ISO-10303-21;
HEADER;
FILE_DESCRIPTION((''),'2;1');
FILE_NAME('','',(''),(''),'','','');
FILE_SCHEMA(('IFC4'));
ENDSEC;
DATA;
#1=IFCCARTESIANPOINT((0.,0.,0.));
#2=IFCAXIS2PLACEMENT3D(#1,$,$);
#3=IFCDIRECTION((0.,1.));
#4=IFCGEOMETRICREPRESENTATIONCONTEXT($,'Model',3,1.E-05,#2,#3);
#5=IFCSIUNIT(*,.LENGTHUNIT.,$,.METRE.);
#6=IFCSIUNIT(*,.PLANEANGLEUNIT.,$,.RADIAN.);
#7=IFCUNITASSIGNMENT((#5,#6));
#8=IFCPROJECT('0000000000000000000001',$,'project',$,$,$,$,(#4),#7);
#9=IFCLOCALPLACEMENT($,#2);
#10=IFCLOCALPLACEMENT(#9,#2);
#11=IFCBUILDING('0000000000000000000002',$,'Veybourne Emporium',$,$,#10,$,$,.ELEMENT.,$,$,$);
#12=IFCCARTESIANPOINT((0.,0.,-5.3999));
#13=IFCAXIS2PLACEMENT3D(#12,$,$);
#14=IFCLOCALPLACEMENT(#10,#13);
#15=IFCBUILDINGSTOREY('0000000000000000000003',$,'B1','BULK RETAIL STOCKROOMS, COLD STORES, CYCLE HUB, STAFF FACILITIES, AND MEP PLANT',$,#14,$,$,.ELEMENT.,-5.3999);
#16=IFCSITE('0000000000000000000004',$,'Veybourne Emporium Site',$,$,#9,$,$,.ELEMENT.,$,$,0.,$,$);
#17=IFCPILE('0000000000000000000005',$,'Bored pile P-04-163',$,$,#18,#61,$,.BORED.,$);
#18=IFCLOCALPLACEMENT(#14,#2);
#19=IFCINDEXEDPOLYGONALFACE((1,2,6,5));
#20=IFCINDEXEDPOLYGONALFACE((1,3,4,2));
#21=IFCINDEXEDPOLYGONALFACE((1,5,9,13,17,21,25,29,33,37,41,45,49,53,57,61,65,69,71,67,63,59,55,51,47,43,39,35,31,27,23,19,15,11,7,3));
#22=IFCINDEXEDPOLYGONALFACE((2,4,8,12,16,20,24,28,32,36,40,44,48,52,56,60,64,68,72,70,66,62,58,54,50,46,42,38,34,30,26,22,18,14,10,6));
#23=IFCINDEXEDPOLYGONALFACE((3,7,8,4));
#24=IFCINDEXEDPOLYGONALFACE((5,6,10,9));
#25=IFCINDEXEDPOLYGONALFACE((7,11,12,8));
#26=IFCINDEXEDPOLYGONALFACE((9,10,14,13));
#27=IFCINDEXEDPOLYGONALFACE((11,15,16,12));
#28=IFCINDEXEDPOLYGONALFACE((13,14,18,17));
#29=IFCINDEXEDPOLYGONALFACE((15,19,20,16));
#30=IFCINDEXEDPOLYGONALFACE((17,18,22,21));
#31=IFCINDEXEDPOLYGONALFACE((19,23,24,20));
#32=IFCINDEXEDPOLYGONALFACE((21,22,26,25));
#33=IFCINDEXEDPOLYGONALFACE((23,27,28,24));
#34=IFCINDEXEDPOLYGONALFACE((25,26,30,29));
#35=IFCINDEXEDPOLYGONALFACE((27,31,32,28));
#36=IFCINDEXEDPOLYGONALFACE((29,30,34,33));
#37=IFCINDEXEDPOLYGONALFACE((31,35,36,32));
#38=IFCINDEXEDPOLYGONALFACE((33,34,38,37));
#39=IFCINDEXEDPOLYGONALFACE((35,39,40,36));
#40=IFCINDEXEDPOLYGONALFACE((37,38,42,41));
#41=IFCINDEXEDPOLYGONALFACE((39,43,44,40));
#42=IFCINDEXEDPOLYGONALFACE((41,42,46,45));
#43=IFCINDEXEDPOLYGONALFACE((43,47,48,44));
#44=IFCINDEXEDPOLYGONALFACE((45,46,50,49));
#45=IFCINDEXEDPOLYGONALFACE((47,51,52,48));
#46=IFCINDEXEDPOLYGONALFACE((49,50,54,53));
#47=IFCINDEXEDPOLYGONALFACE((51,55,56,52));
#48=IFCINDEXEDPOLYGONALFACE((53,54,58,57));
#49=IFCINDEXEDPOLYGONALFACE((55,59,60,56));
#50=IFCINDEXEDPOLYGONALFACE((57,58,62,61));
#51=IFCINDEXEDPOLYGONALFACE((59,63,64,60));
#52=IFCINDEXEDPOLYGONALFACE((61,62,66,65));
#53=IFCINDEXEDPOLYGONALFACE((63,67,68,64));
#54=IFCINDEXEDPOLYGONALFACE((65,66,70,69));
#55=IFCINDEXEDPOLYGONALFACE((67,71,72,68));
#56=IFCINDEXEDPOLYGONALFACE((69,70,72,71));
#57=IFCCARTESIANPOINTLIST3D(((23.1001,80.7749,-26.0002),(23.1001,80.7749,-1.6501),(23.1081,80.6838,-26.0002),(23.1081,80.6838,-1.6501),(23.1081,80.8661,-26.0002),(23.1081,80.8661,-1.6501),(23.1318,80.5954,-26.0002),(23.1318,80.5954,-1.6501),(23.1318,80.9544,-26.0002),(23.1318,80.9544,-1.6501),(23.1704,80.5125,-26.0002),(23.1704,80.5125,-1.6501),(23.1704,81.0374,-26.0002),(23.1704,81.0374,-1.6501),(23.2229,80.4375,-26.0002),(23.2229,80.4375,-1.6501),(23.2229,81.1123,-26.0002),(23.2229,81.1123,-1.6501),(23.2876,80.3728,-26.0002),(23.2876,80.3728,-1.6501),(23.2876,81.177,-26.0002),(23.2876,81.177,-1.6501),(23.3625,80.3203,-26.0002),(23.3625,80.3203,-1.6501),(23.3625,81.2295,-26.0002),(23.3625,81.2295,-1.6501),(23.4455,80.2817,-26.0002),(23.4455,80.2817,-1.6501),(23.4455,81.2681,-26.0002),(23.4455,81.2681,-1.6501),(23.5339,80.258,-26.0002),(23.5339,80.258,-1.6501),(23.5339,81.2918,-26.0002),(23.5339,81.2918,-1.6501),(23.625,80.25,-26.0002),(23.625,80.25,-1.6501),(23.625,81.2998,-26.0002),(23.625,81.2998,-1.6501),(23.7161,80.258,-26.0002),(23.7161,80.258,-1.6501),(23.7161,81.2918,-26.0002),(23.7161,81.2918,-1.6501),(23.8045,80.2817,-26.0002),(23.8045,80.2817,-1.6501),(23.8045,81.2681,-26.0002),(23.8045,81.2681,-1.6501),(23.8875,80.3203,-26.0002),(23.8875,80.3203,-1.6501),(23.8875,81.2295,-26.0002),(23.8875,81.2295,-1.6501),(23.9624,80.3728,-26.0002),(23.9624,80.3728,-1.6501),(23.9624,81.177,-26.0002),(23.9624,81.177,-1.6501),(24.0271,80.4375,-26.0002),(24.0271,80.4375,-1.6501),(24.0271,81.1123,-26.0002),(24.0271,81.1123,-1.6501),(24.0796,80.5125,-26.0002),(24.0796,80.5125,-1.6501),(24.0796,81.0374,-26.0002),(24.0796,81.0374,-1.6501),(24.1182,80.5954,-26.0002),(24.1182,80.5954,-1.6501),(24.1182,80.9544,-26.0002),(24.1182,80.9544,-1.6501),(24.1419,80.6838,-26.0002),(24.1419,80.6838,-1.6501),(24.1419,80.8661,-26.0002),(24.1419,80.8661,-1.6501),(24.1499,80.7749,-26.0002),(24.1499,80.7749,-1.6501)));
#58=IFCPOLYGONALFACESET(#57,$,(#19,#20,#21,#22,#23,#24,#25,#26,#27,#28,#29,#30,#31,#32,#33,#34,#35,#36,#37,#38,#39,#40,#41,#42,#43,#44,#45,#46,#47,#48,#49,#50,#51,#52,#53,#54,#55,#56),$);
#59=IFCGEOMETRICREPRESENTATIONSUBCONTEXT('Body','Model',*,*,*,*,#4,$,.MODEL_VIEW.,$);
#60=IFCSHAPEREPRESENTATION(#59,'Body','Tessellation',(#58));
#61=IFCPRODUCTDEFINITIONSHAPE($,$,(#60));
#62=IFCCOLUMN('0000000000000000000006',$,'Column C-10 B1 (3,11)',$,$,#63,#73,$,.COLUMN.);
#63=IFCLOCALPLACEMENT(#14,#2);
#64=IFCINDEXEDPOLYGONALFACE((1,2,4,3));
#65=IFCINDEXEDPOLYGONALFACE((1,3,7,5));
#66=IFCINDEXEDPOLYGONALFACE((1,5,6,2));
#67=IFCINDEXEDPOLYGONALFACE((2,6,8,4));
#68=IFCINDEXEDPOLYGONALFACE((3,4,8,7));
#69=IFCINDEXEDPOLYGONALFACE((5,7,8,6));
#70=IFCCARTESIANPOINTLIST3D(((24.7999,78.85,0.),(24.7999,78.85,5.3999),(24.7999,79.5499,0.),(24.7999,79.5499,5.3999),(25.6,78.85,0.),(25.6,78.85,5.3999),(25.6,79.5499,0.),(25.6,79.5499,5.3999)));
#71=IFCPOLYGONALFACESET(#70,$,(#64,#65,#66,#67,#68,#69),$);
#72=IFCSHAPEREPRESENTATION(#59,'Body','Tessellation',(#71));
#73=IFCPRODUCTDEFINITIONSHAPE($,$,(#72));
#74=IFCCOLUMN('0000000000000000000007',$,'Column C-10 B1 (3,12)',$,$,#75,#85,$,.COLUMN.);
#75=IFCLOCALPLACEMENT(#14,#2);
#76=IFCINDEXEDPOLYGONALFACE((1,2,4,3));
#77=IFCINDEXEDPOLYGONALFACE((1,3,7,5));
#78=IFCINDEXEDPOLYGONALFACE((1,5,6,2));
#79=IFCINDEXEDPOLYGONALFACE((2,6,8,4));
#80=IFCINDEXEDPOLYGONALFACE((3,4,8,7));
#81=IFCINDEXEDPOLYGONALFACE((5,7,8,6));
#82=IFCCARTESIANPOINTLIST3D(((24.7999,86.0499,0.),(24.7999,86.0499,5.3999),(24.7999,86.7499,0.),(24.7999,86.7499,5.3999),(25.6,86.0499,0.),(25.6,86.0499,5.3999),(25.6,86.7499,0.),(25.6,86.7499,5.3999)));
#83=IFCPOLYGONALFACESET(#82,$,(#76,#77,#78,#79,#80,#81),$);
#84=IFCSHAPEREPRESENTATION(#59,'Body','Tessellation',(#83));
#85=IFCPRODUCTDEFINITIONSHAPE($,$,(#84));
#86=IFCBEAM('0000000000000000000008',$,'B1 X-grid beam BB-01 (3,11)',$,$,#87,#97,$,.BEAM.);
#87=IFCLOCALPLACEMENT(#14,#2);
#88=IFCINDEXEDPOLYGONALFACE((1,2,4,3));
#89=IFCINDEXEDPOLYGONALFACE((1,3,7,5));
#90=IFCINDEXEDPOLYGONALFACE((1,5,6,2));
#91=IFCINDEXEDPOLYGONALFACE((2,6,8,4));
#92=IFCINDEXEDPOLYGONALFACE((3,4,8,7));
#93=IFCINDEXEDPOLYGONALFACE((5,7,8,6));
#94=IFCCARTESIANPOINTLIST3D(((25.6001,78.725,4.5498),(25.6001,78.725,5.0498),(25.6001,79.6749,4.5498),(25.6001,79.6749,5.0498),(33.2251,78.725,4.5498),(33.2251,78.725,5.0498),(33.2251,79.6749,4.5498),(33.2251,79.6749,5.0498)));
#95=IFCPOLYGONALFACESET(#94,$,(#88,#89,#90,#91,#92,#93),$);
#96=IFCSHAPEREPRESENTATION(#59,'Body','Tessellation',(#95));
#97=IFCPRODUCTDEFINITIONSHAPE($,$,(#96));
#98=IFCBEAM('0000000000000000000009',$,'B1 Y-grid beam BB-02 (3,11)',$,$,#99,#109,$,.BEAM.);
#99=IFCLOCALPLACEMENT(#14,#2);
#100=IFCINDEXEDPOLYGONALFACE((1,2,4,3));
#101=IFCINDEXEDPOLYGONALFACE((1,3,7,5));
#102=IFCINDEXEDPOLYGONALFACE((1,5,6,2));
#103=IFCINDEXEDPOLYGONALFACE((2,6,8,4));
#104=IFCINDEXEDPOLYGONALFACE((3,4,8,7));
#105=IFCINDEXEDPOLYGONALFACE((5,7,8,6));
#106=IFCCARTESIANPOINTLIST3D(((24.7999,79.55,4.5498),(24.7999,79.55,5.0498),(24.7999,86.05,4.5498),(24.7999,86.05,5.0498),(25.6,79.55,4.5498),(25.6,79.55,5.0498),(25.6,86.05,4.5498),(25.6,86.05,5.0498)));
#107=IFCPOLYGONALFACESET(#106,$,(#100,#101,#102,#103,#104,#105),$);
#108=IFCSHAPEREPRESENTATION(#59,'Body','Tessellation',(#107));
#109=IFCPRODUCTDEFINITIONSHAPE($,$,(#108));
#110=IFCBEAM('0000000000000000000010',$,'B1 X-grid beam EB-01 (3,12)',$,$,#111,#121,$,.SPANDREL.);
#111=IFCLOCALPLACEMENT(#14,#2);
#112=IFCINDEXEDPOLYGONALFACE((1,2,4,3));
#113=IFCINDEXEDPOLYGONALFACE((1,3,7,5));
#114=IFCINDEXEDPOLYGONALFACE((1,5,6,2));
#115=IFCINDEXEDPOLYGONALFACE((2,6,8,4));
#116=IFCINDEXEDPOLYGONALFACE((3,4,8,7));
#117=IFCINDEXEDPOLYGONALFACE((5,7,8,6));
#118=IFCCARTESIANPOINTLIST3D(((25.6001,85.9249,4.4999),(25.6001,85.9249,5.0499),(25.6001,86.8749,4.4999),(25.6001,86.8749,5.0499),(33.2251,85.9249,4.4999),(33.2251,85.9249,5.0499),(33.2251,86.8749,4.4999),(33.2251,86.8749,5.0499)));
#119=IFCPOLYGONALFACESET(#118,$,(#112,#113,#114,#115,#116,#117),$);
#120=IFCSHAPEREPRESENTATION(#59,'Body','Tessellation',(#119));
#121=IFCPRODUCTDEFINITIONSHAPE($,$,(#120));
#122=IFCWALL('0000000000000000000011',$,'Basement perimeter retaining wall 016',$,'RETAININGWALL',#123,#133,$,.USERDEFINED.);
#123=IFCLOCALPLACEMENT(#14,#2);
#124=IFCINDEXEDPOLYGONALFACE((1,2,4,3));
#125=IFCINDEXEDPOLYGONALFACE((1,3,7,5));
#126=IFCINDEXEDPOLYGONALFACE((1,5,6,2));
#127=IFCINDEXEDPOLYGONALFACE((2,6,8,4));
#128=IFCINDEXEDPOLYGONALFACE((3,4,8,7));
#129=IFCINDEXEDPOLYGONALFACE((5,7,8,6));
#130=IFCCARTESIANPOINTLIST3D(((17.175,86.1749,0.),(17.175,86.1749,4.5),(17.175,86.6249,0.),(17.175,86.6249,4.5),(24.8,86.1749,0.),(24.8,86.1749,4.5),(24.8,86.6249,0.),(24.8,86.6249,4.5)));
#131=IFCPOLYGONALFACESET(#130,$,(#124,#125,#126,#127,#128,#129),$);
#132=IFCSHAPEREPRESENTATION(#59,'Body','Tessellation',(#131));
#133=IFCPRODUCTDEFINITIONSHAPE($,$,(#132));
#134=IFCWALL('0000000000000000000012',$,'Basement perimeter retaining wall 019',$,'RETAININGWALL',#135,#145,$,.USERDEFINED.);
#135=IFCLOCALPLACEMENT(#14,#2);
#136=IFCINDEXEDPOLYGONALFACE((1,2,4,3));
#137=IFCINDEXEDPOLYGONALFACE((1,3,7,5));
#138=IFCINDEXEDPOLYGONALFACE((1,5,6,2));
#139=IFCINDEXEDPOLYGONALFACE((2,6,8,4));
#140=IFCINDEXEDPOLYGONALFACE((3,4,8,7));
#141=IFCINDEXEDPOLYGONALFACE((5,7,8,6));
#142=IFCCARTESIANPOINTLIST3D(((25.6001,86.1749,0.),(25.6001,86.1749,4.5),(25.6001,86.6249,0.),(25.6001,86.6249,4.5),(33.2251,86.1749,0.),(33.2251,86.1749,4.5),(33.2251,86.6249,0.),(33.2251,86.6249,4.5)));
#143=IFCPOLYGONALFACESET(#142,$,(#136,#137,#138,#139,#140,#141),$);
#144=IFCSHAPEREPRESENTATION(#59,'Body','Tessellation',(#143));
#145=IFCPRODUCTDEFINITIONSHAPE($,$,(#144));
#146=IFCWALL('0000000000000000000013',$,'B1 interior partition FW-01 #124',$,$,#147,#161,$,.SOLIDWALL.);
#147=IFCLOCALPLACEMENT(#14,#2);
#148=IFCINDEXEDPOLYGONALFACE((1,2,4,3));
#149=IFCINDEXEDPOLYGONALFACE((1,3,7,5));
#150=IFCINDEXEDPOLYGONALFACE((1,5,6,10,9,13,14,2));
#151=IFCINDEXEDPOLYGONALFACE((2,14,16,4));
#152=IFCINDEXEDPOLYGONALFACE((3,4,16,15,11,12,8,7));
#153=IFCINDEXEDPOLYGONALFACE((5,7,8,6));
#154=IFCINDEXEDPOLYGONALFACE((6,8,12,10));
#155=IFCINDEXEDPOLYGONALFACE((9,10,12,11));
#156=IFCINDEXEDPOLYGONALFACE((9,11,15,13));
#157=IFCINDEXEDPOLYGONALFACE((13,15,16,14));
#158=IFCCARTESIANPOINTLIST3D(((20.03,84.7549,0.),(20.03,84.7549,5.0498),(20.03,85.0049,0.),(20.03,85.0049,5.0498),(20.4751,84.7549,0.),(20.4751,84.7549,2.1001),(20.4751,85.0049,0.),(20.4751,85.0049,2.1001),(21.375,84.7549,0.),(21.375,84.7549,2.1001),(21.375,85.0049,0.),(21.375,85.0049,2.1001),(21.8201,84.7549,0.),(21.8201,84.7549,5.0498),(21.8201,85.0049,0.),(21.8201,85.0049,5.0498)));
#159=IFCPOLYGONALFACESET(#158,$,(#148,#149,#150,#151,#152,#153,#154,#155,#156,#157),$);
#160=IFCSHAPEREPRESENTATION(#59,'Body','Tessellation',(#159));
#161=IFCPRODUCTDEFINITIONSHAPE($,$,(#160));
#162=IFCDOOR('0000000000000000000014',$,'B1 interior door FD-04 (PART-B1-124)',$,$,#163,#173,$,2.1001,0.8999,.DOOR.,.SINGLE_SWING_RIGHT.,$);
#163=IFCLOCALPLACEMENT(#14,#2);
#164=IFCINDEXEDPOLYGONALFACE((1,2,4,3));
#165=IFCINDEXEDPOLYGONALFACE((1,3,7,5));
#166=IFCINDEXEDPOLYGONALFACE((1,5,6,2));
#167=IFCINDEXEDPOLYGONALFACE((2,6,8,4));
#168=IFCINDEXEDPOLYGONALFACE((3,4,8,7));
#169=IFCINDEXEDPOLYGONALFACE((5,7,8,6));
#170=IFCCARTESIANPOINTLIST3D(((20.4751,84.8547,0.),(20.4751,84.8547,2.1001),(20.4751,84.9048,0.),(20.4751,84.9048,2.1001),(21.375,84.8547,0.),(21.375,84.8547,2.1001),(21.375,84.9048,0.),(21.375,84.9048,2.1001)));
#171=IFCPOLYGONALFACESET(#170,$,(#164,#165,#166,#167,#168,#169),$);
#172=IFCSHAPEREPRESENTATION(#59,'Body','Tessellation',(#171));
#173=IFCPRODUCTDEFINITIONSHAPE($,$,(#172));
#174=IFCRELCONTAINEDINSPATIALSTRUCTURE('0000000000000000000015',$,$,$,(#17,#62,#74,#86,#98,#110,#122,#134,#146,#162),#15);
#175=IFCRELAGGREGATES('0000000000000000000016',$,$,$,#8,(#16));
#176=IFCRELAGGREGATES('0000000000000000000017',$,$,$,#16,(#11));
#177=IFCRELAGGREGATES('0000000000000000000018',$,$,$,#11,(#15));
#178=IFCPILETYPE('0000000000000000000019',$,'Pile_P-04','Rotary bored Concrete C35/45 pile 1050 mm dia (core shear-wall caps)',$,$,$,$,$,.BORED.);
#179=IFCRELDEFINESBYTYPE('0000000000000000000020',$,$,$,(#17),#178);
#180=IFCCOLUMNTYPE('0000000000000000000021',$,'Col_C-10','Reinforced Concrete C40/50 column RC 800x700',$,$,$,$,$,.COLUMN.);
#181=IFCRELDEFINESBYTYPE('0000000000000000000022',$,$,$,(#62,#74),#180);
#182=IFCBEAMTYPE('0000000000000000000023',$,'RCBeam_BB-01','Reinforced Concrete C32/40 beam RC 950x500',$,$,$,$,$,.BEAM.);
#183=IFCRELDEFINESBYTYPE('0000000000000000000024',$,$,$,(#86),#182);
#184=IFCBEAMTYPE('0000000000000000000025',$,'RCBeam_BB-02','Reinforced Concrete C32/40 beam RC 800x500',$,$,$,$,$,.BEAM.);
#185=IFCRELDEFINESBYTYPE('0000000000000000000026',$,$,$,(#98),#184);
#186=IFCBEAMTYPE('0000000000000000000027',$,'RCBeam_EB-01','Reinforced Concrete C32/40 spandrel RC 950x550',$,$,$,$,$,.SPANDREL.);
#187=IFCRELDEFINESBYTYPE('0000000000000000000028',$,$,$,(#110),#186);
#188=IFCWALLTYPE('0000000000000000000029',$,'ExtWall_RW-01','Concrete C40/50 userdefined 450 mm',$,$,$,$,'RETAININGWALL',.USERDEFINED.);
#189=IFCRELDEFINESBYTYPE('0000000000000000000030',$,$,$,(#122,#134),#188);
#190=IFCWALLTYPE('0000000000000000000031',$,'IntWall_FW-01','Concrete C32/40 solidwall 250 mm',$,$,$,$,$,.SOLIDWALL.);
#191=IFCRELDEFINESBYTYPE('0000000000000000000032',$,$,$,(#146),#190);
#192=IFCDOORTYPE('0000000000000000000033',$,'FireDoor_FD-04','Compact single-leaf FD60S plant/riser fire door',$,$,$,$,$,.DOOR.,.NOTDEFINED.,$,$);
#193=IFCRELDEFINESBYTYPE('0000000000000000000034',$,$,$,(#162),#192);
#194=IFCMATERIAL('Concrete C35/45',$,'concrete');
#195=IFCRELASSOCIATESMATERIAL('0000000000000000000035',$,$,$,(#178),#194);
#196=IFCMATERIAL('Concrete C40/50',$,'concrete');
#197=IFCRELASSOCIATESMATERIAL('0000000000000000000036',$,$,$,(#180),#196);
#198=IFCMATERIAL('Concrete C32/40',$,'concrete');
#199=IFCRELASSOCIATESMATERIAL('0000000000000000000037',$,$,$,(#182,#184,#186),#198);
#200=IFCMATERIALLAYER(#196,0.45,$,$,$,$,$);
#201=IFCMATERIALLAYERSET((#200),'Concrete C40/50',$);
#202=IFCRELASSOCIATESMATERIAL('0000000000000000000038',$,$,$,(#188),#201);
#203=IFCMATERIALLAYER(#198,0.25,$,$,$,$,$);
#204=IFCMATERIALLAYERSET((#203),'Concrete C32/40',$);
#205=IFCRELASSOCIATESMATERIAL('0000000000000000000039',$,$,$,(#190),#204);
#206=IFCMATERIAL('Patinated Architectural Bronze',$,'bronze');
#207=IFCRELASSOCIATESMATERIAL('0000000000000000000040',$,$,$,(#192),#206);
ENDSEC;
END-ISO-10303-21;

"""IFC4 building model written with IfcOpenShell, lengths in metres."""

from ifc_helpers import new_model, si_unit, direction, frame, frame_2d, origin, origin_2d, place, context, subcontext, project, spatial, rectangle, circle, extrude, material, layer, layer_set, material_profile, profile_set, type_object, element, fill, save


model = new_model("IFC4")

# Units and contexts
model_context = context("Model", 3, precision=1e-05, world=origin(), true_north=direction((0.0, 1.0)))
body_context = subcontext(model_context, "Body", "Model", "MODEL_VIEW")
ifc_project = project(units=[si_unit("LENGTHUNIT", "METRE"), si_unit("PLANEANGLEUNIT", "RADIAN")], contexts=[model_context])

# Site, building, storey
site_placement = place(None, origin())
site = spatial("IfcSite", under=ifc_project, at=site_placement, Name="Veybourne Emporium Site", CompositionType="ELEMENT", RefElevation=0.0)
building_placement = place(site_placement, origin())
building = spatial("IfcBuilding", under=site, at=building_placement, Name="Veybourne Emporium", CompositionType="ELEMENT")
storey_placement = place(building_placement, frame((0.0, 0.0, -5.3999)))
storey = spatial("IfcBuildingStorey", under=building, at=storey_placement, Name="B1", Description="BULK RETAIL STOCKROOMS, COLD STORES, CYCLE HUB, STAFF FACILITIES, AND MEP PLANT", CompositionType="ELEMENT", Elevation=-5.3999)

# Shared definitions
ifc_material_1 = material(Name="Concrete C35/45", Category="concrete")

# Pile
ifc_material_profile_1 = material_profile(ifc_material_1, circle(Radius=0.5249, at=origin_2d()), Name="BORED PILE 1050")
ifc_profile_set_1 = profile_set([ifc_material_profile_1], Name="Concrete C35/45")
pile_type_1 = type_object("IfcPileType", Name="Pile_P-04", Description="Rotary bored Concrete C35/45 pile 1050 mm dia (core shear-wall caps)", PredefinedType="BORED", material=ifc_profile_set_1)
pile_placement = place(storey_placement, frame((23.625, 80.7749, -1.6501), z_axis=(0.0, 0.0, -1.0), x_axis=(1.0, 0.0, 0.0)))
element("IfcPile", 1, at=pile_placement, inside=storey, type_object=pile_type_1, Name="Bored pile P-04-163", PredefinedType="BORED", context=body_context, shape_type="SweptSolid", body=[
    extrude(circle(Radius=0.5249, at=origin_2d()), origin(), (0.0, 0.0, 1.0), 24.3501),
])

# Columns
ifc_material_2 = material(Name="Concrete C40/50", Category="concrete")
ifc_material_profile_2 = material_profile(ifc_material_2, rectangle(XDim=0.8, YDim=0.7, at=origin_2d()), Name="RC 800x700")
ifc_profile_set_2 = profile_set([ifc_material_profile_2], Name="Concrete C40/50")
column_type = type_object("IfcColumnType", Name="Col_C-10", Description="Reinforced Concrete C40/50 column RC 800x700", PredefinedType="COLUMN", material=ifc_profile_set_2)
for number, where, z_axis, x_axis, name in (
    (2, (25.2, 79.2, 0.0), (0.0, 0.0, 1.0), (1.0, 0.0, 0.0), "Column C-10 B1 (3,11)"),
    (3, (25.2, 86.3999, 0.0), (0.0, 0.0, 1.0), (1.0, 0.0, 0.0), "Column C-10 B1 (3,12)"),
):
    element("IfcColumn", number, at=place(storey_placement, frame(where, z_axis=z_axis, x_axis=x_axis)), inside=storey, type_object=column_type, Name=name, PredefinedType="COLUMN", context=body_context, shape_type="SweptSolid", body=[
        extrude(rectangle(XDim=0.8, YDim=0.7, at=origin_2d()), origin(), (0.0, 0.0, 1.0), 5.3999),
    ])

# Beams
ifc_material_3 = material(Name="Concrete C32/40", Category="concrete")
ifc_material_profile_3 = material_profile(ifc_material_3, rectangle(XDim=0.95, YDim=0.5, at=origin_2d()), Name="RC 950x500")
ifc_profile_set_3 = profile_set([ifc_material_profile_3], Name="Concrete C32/40")
beam_type_1 = type_object("IfcBeamType", Name="RCBeam_BB-01", Description="Reinforced Concrete C32/40 beam RC 950x500", PredefinedType="BEAM", material=ifc_profile_set_3)
beam_1_placement = place(storey_placement, frame((25.6001, 79.2, 4.7998), z_axis=(1.0, 0.0, 0.0), x_axis=(0.0, 1.0, 0.0)))
element("IfcBeam", 4, at=beam_1_placement, inside=storey, type_object=beam_type_1, Name="B1 X-grid beam BB-01 (3,11)", PredefinedType="BEAM", context=body_context, shape_type="SweptSolid", body=[
    extrude(rectangle(XDim=0.95, YDim=0.5, at=origin_2d()), origin(), (0.0, 0.0, 1.0), 7.625),
])
ifc_material_profile_4 = material_profile(ifc_material_3, rectangle(XDim=0.8, YDim=0.5, at=origin_2d()), Name="RC 800x500")
ifc_profile_set_4 = profile_set([ifc_material_profile_4], Name="Concrete C32/40")
beam_type_2 = type_object("IfcBeamType", Name="RCBeam_BB-02", Description="Reinforced Concrete C32/40 beam RC 800x500", PredefinedType="BEAM", material=ifc_profile_set_4)
beam_2_placement = place(storey_placement, frame((25.2, 79.55, 4.7998), z_axis=(0.0, 1.0, 0.0), x_axis=(-1.0, 0.0, 0.0)))
element("IfcBeam", 5, at=beam_2_placement, inside=storey, type_object=beam_type_2, Name="B1 Y-grid beam BB-02 (3,11)", PredefinedType="BEAM", context=body_context, shape_type="SweptSolid", body=[
    extrude(rectangle(XDim=0.8, YDim=0.5, at=origin_2d()), origin(), (0.0, 0.0, 1.0), 6.5),
])
ifc_material_profile_5 = material_profile(ifc_material_3, rectangle(XDim=0.95, YDim=0.55, at=origin_2d()), Name="RC 950x550")
ifc_profile_set_5 = profile_set([ifc_material_profile_5], Name="Concrete C32/40")
beam_type_3 = type_object("IfcBeamType", Name="RCBeam_EB-01", Description="Reinforced Concrete C32/40 spandrel RC 950x550", PredefinedType="SPANDREL", material=ifc_profile_set_5)
beam_3_placement = place(storey_placement, frame((25.6001, 86.3999, 4.7749), z_axis=(1.0, 0.0, 0.0), x_axis=(0.0, 1.0, 0.0)))
element("IfcBeam", 6, at=beam_3_placement, inside=storey, type_object=beam_type_3, Name="B1 X-grid beam EB-01 (3,12)", PredefinedType="SPANDREL", context=body_context, shape_type="SweptSolid", body=[
    extrude(rectangle(XDim=0.95, YDim=0.55, at=origin_2d()), origin(), (0.0, 0.0, 1.0), 7.625),
])

# Walls
ifc_layer_1 = layer(ifc_material_2, 0.45)
ifc_layer_set_1 = layer_set([ifc_layer_1], Name="Concrete C40/50")
wall_type_1 = type_object("IfcWallType", Name="ExtWall_RW-01", Description="Concrete C40/50 userdefined 450 mm", ElementType="RETAININGWALL", PredefinedType="USERDEFINED", material=ifc_layer_set_1)
for number, where, z_axis, x_axis, name in (
    (7, (17.175, 86.3999, 0.0), (0.0, 0.0, 1.0), (1.0, 0.0, 0.0), "Basement perimeter retaining wall 016"),
    (8, (25.6001, 86.3999, 0.0), (0.0, 0.0, 1.0), (1.0, 0.0, 0.0), "Basement perimeter retaining wall 019"),
):
    element("IfcWall", number, at=place(storey_placement, frame(where, z_axis=z_axis, x_axis=x_axis)), inside=storey, type_object=wall_type_1, Name=name, ObjectType="RETAININGWALL", PredefinedType="USERDEFINED", context=body_context, shape_type="SweptSolid", body=[
        extrude(rectangle(XDim=7.625, YDim=0.45, at=frame_2d((3.8125, 0.0))), origin(), (0.0, 0.0, 1.0), 4.5),
    ])

# Wall, opening, door
ifc_layer_2 = layer(ifc_material_3, 0.25)
ifc_layer_set_2 = layer_set([ifc_layer_2], Name="Concrete C32/40")
wall_type_2 = type_object("IfcWallType", Name="IntWall_FW-01", Description="Concrete C32/40 solidwall 250 mm", PredefinedType="SOLIDWALL", material=ifc_layer_set_2)
wall_placement = place(storey_placement, frame((20.03, 84.8799, 0.0), z_axis=(0.0, 0.0, 1.0), x_axis=(1.0, 0.0, 0.0)))
wall = element("IfcWall", 9, at=wall_placement, inside=storey, type_object=wall_type_2, Name="B1 interior partition FW-01 #124", PredefinedType="SOLIDWALL", context=body_context, shape_type="SweptSolid", body=[
    extrude(rectangle(XDim=1.79, YDim=0.25, at=frame_2d((0.895, 0.0))), origin(), (0.0, 0.0, 1.0), 5.0498),
])
opening_placement = place(wall_placement, frame((0.4451, 0.0, 0.0)))
opening = element("IfcOpeningElement", 10, at=opening_placement, cuts=wall, PredefinedType="OPENING", context=body_context, shape_type="SweptSolid", body=[
    extrude(rectangle(XDim=0.8999, YDim=2.1001, at=frame_2d((0.45, 1.05))), frame((0.0, 0.145, 0.0), z_axis=(0.0, -1.0, 0.0), x_axis=(1.0, 0.0, 0.0)), (0.0, 0.0, 1.0), 0.29),
])
ifc_material_4 = material(Name="Patinated Architectural Bronze", Category="bronze")
door_type = type_object("IfcDoorType", Name="FireDoor_FD-04", Description="Compact single-leaf FD60S plant/riser fire door", OperationType="NOTDEFINED", PredefinedType="DOOR", material=ifc_material_4)
door_placement = place(opening_placement, origin())
door = element("IfcDoor", 11, at=door_placement, inside=storey, type_object=door_type, Name="B1 interior door FD-04 (PART-B1-124)", OperationType="SINGLE_SWING_RIGHT", OverallHeight=2.1001, OverallWidth=0.8999, PredefinedType="DOOR", context=body_context, shape_type="SweptSolid", body=[
    extrude(rectangle(XDim=0.8999, YDim=2.1001, at=frame_2d((0.45, 1.05))), frame((0.0, 0.0249, 0.0), z_axis=(0.0, -1.0, 0.0), x_axis=(1.0, 0.0, 0.0)), (0.0, 0.0, 1.0), 0.05),
])
fill(opening, door)

save(model, "model.ifc")
